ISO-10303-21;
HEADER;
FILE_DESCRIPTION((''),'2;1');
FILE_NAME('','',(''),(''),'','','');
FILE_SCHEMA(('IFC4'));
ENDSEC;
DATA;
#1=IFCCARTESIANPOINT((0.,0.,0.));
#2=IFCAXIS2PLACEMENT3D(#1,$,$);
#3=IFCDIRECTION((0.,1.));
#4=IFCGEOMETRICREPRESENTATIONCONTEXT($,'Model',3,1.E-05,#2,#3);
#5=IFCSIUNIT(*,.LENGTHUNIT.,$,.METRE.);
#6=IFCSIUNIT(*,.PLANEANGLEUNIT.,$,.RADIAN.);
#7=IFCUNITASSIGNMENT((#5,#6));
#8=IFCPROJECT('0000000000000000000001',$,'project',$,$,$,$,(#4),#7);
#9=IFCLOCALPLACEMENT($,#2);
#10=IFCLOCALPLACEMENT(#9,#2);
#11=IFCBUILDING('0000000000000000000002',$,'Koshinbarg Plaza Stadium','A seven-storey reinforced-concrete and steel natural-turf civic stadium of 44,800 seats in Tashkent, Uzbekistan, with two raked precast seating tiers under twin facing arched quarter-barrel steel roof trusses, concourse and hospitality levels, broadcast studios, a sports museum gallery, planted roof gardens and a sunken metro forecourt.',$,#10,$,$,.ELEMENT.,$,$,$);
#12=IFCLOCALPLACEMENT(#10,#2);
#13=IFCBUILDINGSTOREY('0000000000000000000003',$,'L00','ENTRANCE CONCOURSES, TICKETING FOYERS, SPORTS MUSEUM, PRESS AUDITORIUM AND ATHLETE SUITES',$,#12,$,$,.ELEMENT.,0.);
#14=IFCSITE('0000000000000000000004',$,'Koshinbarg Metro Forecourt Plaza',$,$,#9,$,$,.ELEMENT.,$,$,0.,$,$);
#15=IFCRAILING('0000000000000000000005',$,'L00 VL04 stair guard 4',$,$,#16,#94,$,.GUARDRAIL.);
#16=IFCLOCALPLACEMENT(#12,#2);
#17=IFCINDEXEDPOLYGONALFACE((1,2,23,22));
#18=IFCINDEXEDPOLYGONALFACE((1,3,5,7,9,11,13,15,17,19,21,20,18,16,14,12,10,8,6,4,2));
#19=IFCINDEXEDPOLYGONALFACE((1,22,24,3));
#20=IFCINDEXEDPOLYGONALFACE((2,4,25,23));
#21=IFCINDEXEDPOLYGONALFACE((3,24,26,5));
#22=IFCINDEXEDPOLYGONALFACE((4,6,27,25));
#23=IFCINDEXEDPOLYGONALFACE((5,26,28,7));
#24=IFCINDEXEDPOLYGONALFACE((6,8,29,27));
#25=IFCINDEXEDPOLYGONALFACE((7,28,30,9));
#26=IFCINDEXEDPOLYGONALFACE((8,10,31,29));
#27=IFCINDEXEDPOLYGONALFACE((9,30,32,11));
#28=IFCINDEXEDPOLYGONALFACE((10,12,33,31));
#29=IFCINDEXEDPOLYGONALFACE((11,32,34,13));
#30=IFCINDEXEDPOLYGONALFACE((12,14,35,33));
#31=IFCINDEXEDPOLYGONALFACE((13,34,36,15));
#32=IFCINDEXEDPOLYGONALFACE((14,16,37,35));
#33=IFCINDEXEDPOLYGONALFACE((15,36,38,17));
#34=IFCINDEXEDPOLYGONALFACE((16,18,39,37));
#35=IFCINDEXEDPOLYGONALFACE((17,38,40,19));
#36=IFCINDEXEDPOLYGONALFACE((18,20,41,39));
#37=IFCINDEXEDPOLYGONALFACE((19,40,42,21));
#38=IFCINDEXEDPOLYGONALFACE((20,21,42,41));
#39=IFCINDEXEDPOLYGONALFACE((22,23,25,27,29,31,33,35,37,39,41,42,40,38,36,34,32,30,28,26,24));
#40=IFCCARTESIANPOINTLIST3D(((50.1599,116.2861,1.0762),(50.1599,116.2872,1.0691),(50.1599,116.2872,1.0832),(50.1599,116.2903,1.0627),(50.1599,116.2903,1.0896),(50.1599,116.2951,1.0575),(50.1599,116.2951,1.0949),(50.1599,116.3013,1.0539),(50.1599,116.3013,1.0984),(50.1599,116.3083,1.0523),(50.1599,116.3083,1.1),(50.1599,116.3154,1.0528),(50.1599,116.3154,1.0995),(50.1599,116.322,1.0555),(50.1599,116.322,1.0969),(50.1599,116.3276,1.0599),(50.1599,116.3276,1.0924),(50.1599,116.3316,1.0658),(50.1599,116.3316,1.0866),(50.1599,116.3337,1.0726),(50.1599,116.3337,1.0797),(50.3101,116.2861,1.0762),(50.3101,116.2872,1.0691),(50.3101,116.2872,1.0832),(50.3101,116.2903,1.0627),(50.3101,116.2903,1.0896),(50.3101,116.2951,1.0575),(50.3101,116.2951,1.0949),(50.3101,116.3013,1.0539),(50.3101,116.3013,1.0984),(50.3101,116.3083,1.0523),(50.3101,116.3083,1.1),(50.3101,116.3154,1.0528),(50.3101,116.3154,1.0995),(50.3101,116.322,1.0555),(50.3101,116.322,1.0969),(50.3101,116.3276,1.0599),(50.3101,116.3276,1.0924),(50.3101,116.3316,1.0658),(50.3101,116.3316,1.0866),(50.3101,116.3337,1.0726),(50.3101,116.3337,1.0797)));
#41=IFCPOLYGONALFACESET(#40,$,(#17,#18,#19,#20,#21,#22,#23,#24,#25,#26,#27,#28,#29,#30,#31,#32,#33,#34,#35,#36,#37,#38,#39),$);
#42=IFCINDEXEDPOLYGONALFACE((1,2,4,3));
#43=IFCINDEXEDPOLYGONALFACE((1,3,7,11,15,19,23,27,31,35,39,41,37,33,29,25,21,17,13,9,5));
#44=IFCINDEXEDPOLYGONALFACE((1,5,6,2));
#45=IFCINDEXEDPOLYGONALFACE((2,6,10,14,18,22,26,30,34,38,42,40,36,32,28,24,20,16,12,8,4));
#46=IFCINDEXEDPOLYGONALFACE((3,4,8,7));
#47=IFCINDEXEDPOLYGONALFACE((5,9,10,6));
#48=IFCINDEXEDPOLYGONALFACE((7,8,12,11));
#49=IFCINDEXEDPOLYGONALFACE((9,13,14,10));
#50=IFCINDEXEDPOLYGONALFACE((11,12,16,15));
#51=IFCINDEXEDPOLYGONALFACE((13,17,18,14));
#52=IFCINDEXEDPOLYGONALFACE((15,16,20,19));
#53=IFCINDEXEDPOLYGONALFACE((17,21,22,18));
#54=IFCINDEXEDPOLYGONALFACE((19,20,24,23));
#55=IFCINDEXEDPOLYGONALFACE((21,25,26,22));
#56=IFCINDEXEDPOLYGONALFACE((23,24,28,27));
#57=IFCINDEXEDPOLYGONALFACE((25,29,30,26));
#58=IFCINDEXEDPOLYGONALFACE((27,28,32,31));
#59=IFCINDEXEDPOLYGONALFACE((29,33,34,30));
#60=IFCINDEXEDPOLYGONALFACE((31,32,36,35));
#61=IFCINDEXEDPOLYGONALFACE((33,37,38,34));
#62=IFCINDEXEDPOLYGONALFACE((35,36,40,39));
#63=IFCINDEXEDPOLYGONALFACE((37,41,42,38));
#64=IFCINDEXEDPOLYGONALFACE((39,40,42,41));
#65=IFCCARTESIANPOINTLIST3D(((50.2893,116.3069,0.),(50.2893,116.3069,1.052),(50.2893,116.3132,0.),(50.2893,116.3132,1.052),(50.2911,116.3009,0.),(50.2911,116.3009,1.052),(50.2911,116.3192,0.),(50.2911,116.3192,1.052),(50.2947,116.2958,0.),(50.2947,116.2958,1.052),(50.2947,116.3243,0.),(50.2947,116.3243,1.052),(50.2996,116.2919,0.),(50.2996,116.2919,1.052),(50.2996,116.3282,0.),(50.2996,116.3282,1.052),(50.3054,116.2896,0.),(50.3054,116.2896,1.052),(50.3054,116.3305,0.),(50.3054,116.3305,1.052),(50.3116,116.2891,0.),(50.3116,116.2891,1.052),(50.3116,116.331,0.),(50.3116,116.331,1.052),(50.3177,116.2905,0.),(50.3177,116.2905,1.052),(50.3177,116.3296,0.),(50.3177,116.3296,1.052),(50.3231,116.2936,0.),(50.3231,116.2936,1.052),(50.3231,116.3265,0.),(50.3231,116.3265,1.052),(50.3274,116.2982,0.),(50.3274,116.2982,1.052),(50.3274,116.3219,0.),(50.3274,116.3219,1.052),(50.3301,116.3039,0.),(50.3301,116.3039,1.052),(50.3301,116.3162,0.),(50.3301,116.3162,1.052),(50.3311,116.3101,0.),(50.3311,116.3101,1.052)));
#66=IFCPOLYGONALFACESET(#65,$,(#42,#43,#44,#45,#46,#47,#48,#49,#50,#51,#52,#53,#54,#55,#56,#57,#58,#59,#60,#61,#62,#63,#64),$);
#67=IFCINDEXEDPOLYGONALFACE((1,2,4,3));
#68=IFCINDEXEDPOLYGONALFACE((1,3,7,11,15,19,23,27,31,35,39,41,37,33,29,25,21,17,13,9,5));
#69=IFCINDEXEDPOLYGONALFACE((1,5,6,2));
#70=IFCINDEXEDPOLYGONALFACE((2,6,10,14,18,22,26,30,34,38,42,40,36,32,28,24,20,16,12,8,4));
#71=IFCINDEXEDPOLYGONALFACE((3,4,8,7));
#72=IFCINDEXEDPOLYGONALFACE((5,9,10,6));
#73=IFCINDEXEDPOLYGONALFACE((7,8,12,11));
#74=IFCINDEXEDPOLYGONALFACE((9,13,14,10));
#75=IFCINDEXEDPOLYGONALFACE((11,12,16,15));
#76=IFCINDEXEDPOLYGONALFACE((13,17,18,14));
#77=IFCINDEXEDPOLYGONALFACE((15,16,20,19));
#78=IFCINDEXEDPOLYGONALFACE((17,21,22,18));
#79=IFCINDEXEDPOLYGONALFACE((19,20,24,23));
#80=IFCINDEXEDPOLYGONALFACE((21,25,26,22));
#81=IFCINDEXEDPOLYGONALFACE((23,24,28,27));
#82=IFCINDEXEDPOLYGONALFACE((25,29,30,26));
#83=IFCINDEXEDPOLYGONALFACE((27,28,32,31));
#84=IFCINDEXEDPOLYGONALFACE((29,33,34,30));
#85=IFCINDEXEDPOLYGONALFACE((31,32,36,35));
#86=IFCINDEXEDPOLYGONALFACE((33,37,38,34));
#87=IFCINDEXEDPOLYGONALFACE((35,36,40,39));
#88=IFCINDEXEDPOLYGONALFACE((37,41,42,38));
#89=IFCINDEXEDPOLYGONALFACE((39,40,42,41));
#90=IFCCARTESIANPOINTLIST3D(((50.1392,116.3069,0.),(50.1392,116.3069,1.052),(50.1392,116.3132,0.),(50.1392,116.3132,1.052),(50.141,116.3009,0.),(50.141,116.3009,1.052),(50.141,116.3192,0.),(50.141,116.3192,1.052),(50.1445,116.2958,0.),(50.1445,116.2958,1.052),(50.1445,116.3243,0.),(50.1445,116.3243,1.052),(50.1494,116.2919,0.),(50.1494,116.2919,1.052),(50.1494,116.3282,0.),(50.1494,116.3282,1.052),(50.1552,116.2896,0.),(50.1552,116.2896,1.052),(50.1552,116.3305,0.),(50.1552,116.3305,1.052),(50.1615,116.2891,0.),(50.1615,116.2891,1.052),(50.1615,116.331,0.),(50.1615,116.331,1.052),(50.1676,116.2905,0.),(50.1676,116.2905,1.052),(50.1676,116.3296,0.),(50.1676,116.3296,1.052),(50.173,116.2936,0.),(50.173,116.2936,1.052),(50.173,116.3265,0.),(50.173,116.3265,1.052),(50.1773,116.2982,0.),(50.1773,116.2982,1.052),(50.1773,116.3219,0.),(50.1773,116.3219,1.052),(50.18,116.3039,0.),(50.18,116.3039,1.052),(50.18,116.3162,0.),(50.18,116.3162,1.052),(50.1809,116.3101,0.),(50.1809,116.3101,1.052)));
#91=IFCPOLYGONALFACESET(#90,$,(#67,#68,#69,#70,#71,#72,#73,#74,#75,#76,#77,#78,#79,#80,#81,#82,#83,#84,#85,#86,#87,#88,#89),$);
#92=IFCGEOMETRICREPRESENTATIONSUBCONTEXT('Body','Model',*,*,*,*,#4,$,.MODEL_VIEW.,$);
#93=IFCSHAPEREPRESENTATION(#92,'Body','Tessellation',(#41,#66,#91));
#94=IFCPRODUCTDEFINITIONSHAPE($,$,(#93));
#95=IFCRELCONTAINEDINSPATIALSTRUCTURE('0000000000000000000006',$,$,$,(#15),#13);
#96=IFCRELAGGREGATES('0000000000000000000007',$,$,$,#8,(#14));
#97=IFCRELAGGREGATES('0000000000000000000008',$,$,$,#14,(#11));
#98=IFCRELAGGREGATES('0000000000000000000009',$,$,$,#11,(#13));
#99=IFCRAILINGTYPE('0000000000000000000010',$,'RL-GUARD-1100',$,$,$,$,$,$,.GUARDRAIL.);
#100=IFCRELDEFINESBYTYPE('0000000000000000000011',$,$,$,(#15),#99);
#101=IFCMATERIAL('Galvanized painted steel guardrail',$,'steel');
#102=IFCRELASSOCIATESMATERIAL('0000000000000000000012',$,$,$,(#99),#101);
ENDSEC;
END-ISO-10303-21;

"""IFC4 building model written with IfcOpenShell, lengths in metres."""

from ifc_helpers import new_model, si_unit, direction, frame, origin, origin_2d, place, context, subcontext, project, spatial, circle, extrude, material, type_object, element, save


model = new_model("IFC4")

# Units and contexts
model_context = context("Model", 3, precision=1e-05, world=origin(), true_north=direction((0.0, 1.0)))
body_context = subcontext(model_context, "Body", "Model", "MODEL_VIEW")
ifc_project = project(units=[si_unit("LENGTHUNIT", "METRE"), si_unit("PLANEANGLEUNIT", "RADIAN")], contexts=[model_context])

# Site, building, storey
site_placement = place(None, origin())
site = spatial("IfcSite", under=ifc_project, at=site_placement, Name="Koshinbarg Metro Forecourt Plaza", CompositionType="ELEMENT", RefElevation=0.0)
building_placement = place(site_placement, origin())
building = spatial("IfcBuilding", under=site, at=building_placement, Name="Koshinbarg Plaza Stadium", Description="A seven-storey reinforced-concrete and steel natural-turf civic stadium of 44,800 seats in Tashkent, Uzbekistan, with two raked precast seating tiers under twin facing arched quarter-barrel steel roof trusses, concourse and hospitality levels, broadcast studios, a sports museum gallery, planted roof gardens and a sunken metro forecourt.", CompositionType="ELEMENT")
storey_placement = place(building_placement, origin())
storey = spatial("IfcBuildingStorey", under=building, at=storey_placement, Name="L00", Description="ENTRANCE CONCOURSES, TICKETING FOYERS, SPORTS MUSEUM, PRESS AUDITORIUM AND ATHLETE SUITES", CompositionType="ELEMENT", Elevation=0.0)

# Railing
ifc_material_1 = material(Name="Galvanized painted steel guardrail", Category="steel")
railing_type_1 = type_object("IfcRailingType", Name="RL-GUARD-1100", PredefinedType="GUARDRAIL", material=ifc_material_1)
railing_1_placement = place(storey_placement, frame((50.3101, 116.3101, 0.0)))
element("IfcRailing", 1, at=railing_1_placement, inside=storey, type_object=railing_type_1, Name="L00 VL04 stair guard 4", PredefinedType="GUARDRAIL", context=body_context, shape_type="SweptSolid", body=[
    extrude(circle(Radius=0.0239, at=origin_2d()), frame((0.0, 0.0, 1.0762), z_axis=(-1.0, 0.0, 0.0), x_axis=(0.0, -1.0, 0.0)), (0.0, 0.0, 1.0), 0.1501),
    extrude(circle(Radius=0.021, at=origin_2d()), origin(), (0.0, 0.0, 1.0), 1.052),
    extrude(circle(Radius=0.021, at=origin_2d()), frame((-0.1501, 0.0, 0.0)), (0.0, 0.0, 1.0), 1.052),
])

save(model, "model.ifc")
